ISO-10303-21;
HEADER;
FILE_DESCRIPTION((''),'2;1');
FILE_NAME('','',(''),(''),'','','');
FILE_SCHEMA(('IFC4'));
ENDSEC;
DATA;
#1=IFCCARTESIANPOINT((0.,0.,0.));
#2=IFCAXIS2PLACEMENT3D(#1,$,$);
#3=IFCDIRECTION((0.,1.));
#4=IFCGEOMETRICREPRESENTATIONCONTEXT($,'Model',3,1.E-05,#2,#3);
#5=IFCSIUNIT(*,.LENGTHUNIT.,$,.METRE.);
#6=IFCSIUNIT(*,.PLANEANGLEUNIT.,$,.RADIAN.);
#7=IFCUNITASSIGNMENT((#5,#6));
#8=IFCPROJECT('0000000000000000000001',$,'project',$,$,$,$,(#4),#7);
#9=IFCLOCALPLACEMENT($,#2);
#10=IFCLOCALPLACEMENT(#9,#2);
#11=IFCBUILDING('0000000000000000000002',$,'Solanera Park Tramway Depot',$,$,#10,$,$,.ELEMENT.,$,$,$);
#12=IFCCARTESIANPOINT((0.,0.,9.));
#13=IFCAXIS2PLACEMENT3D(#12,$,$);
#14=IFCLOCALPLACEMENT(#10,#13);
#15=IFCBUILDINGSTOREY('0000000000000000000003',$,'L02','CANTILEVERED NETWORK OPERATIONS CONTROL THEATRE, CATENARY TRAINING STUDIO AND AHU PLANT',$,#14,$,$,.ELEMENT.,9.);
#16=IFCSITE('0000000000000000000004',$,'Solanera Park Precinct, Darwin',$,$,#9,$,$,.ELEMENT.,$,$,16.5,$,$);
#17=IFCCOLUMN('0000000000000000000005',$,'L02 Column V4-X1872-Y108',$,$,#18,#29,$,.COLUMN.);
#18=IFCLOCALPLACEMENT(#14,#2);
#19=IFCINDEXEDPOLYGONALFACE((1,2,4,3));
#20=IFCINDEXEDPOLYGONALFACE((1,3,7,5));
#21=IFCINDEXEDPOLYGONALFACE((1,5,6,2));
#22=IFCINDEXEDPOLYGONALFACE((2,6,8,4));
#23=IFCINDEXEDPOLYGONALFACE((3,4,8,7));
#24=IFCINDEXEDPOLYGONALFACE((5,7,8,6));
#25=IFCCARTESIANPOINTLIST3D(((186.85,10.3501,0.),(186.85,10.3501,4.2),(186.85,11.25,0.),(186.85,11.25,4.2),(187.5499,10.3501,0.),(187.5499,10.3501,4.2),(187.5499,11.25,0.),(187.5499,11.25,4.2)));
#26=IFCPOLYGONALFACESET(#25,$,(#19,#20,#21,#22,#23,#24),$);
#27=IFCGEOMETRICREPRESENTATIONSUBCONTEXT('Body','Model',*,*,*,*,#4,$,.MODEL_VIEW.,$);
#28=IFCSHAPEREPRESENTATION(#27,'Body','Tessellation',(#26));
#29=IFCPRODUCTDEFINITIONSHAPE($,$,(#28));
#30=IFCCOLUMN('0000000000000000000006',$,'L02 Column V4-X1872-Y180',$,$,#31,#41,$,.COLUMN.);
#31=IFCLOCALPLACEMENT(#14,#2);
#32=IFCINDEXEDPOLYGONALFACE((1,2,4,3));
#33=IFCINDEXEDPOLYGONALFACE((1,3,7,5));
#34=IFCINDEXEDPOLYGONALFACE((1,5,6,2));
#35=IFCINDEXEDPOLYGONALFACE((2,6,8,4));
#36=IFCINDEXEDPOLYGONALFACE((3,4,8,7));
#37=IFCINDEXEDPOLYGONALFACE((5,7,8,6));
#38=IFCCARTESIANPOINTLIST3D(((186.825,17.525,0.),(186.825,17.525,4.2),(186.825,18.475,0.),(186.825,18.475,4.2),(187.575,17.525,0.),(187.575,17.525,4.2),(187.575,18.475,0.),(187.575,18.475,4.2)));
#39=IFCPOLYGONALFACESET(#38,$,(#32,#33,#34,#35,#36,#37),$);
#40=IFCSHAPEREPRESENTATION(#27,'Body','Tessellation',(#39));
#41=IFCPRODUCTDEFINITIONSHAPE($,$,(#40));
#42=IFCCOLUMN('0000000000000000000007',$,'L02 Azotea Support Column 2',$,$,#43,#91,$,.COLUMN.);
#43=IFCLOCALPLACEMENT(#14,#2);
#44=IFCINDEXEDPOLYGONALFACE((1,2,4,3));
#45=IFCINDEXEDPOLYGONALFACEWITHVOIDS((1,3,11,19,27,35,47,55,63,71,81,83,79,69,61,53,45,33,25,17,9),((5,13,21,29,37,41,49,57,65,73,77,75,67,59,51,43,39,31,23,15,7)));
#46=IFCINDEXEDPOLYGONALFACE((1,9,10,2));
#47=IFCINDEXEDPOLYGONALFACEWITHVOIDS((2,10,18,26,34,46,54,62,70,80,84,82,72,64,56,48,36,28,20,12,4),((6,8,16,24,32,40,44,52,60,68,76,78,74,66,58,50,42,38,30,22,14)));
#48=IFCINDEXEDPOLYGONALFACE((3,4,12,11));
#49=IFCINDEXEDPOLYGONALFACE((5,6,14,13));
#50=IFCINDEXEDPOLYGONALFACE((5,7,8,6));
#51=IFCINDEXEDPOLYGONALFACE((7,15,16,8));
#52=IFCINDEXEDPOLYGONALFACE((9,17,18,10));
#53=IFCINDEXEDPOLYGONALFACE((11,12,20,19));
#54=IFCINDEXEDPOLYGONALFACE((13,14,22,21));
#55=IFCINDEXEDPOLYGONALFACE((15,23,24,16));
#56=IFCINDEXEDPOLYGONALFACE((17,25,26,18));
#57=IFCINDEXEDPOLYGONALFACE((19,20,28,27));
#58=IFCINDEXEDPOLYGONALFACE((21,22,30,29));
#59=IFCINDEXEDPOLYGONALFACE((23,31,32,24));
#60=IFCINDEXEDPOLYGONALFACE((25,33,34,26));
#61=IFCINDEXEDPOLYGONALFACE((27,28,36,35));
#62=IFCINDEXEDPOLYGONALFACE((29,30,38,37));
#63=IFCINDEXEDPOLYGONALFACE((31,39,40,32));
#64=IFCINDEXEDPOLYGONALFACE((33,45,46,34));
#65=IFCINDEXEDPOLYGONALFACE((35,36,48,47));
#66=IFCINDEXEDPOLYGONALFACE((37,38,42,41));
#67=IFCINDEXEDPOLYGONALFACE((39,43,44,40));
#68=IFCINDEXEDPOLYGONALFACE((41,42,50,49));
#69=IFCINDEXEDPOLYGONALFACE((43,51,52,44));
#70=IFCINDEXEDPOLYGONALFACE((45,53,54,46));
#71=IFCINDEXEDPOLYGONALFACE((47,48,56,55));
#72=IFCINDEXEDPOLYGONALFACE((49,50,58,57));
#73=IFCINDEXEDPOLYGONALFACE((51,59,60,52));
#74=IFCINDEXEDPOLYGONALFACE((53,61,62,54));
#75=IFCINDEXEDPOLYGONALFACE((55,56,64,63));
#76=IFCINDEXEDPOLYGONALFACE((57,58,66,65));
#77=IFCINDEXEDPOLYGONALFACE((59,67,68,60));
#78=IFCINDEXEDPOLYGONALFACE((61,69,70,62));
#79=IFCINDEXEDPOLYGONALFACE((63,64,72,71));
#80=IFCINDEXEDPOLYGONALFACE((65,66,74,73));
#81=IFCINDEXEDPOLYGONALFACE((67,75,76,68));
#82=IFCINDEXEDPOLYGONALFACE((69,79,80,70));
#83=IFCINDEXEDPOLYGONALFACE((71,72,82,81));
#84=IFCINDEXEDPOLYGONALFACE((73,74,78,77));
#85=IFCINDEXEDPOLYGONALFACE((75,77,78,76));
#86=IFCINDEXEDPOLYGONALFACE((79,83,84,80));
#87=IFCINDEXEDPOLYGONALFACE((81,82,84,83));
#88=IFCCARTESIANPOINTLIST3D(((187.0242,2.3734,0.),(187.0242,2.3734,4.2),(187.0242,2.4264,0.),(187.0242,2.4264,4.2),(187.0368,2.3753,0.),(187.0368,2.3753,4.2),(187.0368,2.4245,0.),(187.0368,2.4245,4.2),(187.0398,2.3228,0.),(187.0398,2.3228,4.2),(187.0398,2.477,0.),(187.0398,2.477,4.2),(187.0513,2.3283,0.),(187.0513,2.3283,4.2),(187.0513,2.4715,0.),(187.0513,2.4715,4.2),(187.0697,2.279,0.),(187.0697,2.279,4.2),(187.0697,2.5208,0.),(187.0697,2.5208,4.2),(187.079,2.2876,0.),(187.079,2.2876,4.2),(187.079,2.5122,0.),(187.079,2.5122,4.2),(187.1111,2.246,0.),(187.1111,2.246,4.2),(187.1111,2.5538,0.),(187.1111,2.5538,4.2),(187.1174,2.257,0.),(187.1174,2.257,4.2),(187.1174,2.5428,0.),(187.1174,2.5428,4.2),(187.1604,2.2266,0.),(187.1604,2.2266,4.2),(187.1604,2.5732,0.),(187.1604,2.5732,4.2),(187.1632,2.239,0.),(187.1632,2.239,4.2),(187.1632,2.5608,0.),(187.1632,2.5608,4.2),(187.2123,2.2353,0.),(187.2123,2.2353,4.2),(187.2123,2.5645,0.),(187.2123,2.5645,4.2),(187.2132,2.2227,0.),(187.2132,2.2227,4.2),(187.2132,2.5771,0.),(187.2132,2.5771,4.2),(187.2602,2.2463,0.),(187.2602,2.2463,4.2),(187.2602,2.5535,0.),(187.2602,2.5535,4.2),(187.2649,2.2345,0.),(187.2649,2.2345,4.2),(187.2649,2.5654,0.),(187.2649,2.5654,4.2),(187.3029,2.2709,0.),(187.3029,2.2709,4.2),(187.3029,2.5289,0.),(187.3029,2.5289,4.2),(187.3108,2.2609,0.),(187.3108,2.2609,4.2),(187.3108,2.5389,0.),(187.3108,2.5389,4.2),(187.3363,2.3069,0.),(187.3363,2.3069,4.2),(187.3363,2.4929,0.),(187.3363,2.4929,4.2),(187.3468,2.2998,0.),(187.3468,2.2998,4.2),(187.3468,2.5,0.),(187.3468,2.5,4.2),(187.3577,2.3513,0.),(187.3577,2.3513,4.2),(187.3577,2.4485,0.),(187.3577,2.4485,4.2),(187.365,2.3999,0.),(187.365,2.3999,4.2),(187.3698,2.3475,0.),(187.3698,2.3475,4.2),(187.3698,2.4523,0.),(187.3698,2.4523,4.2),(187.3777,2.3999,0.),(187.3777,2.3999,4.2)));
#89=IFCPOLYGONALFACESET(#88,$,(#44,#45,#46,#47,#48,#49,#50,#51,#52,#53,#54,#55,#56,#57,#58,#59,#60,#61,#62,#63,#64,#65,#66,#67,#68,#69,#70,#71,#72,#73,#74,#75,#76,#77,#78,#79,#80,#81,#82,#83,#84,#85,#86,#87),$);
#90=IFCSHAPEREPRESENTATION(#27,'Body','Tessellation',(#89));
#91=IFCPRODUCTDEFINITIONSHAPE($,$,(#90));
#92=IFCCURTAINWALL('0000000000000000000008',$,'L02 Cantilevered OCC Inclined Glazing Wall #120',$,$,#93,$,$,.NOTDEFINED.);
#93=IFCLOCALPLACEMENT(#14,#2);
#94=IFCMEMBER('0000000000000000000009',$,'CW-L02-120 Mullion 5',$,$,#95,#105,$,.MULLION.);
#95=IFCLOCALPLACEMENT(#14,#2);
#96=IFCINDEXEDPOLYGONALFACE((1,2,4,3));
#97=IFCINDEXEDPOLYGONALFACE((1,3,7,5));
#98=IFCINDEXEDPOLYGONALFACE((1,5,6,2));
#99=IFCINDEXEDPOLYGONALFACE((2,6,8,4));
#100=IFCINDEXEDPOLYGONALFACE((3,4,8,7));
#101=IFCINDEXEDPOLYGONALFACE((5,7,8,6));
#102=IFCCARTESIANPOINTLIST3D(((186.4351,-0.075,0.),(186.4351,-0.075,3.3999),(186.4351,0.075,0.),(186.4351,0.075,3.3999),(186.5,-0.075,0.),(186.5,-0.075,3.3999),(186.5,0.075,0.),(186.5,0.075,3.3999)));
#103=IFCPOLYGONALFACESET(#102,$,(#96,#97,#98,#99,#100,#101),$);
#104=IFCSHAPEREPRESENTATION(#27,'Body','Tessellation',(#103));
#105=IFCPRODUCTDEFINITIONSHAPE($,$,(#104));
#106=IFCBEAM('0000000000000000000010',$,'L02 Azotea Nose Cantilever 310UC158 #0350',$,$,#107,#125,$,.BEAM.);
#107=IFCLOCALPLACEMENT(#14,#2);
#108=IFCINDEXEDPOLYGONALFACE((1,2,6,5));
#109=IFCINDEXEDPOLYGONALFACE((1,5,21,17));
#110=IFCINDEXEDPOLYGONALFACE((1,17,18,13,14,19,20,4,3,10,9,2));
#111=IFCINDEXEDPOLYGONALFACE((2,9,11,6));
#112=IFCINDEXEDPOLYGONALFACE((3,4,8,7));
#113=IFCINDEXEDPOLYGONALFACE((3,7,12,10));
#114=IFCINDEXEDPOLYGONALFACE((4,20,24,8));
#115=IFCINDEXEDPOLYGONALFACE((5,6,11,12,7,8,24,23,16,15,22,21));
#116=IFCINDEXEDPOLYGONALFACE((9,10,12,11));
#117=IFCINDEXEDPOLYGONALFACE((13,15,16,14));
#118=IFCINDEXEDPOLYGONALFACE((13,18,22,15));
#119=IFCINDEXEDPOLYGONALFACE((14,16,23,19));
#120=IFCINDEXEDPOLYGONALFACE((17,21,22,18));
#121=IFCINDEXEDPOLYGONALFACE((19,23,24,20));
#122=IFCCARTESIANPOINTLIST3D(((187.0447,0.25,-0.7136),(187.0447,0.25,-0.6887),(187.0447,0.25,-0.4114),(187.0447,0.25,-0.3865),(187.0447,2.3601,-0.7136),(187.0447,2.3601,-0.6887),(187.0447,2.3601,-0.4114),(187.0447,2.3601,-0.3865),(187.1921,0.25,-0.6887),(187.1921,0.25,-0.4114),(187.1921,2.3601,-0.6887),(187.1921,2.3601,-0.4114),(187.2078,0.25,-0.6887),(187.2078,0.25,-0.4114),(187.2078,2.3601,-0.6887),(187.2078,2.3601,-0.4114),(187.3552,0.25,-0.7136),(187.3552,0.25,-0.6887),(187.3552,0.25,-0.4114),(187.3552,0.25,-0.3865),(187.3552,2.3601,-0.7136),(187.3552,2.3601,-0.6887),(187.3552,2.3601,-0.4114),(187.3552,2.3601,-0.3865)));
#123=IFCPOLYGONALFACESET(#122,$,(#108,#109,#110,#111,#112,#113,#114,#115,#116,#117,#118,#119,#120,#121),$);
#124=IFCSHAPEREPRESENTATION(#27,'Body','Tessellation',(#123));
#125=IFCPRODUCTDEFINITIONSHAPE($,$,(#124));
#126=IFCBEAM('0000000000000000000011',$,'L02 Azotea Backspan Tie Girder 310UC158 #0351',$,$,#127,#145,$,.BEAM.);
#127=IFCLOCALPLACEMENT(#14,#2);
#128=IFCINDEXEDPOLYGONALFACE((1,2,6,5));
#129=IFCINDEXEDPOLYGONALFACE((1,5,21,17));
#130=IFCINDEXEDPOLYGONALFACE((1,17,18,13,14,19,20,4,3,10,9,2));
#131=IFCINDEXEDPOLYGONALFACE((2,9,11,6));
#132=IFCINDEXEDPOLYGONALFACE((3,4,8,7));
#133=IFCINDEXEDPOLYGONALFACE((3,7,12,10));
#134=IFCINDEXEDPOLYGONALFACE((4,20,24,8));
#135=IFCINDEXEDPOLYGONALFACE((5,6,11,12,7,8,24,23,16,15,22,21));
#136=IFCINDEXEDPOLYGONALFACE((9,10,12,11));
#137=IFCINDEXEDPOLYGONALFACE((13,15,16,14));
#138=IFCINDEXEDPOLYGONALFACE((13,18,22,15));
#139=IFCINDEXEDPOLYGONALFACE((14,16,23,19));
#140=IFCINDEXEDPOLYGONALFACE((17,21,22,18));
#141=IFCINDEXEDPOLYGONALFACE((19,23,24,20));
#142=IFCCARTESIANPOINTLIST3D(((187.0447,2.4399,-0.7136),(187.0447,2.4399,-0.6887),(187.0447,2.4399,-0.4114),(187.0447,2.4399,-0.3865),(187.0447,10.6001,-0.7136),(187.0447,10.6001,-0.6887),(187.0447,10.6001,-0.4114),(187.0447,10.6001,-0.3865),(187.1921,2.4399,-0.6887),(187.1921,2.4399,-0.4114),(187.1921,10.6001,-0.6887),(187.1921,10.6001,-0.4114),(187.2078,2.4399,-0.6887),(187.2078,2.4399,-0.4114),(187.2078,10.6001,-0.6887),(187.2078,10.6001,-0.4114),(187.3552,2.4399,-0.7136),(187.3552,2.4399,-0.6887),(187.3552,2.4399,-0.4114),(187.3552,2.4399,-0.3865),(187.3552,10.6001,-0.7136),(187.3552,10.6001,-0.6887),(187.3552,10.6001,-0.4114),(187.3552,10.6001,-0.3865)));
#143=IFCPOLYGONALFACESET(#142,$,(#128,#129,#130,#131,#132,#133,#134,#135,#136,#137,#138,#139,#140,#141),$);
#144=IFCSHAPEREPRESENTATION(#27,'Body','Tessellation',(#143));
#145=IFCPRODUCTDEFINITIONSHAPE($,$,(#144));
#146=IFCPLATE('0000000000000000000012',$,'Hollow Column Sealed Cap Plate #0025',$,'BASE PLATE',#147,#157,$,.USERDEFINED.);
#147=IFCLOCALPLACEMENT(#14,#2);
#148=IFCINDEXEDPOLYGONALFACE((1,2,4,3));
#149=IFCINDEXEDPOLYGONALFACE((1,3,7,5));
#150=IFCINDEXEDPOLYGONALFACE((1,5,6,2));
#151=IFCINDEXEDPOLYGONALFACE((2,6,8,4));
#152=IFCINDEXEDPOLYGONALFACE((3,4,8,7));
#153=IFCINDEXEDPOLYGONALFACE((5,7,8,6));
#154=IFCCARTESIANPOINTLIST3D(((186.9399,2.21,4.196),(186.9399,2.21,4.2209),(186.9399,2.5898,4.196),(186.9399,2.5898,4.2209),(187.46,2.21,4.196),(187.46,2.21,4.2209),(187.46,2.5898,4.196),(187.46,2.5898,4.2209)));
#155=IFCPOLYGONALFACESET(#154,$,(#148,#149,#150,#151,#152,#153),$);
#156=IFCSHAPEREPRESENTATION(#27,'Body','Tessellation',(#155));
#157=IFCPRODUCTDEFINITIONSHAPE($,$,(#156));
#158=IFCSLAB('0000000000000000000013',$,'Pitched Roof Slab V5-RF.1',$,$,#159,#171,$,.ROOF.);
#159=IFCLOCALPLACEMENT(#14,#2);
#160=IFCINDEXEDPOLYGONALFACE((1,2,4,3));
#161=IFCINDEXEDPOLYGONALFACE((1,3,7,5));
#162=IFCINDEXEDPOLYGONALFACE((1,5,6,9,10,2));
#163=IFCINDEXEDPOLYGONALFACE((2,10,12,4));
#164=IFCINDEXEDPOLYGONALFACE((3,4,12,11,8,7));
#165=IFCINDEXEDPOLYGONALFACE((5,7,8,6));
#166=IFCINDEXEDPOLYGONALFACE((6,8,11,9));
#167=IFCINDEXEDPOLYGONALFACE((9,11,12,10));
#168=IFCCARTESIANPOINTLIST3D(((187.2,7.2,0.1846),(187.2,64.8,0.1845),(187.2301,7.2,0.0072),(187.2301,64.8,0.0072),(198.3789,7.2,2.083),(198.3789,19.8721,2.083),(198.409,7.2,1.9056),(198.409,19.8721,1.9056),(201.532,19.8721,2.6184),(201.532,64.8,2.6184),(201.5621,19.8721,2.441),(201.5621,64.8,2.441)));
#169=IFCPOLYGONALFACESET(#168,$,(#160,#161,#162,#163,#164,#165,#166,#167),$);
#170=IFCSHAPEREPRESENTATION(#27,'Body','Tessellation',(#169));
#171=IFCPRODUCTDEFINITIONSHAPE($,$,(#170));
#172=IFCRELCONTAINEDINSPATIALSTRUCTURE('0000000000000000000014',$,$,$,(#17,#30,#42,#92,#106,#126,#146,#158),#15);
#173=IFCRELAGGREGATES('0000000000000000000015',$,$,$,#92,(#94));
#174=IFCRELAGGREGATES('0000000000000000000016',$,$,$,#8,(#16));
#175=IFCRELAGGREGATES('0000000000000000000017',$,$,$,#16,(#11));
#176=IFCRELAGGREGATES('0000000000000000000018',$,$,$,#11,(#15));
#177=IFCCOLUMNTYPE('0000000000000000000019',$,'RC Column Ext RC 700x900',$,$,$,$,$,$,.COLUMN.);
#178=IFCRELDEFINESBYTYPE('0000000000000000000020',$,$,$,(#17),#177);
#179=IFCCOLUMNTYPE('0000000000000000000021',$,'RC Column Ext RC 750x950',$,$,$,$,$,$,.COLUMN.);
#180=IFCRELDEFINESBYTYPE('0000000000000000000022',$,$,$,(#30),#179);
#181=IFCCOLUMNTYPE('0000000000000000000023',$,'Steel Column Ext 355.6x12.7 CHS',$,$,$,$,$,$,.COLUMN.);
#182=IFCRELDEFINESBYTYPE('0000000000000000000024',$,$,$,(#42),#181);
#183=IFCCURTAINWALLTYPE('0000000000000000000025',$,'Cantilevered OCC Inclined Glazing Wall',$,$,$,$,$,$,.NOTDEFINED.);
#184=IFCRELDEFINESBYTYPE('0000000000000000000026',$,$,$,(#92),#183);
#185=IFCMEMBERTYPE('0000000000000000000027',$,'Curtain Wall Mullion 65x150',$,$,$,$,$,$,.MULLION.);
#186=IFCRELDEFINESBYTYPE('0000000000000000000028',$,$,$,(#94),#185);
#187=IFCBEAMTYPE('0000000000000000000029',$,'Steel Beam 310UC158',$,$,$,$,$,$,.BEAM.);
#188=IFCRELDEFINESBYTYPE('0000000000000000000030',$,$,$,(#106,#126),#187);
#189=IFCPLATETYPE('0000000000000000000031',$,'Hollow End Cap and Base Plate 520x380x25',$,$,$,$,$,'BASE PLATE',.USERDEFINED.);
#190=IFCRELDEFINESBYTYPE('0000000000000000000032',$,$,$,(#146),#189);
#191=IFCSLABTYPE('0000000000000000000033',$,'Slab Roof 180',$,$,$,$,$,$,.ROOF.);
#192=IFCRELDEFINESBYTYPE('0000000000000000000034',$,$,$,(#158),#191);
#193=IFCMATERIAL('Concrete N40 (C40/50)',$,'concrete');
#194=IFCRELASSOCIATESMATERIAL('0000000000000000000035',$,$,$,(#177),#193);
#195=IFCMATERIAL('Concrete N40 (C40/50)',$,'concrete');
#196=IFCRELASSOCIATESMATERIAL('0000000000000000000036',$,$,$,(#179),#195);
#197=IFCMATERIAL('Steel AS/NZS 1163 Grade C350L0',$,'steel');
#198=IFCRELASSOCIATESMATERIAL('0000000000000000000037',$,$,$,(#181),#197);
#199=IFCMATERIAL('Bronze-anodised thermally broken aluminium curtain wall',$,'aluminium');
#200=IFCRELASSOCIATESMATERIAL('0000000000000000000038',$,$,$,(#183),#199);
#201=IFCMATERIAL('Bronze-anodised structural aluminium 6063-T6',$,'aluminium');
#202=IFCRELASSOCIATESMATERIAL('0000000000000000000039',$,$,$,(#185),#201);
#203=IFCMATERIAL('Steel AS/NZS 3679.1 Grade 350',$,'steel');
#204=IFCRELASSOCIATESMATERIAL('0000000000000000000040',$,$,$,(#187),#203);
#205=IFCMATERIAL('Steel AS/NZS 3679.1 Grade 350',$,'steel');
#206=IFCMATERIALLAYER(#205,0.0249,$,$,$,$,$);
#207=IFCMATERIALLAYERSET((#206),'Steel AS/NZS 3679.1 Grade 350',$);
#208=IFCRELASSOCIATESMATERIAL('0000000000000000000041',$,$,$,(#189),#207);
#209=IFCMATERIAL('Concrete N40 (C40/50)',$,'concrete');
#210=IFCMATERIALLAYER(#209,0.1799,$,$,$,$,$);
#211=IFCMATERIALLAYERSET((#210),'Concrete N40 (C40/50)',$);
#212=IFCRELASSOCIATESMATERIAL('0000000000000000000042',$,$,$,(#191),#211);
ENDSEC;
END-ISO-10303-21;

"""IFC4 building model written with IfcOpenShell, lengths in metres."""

from ifc_helpers import new_model, si_unit, direction, frame, origin, origin_2d, place, context, subcontext, project, spatial, polyline, rectangle, hollow_circle, i_section, outline, extrude, material, layer, layer_set, material_profile, profile_set, type_object, element, aggregate, save


model = new_model("IFC4")

# Units and contexts
model_context = context("Model", 3, precision=1e-05, world=origin(), true_north=direction((0.0, 1.0)))
body_context = subcontext(model_context, "Body", "Model", "MODEL_VIEW")
ifc_project = project(units=[si_unit("LENGTHUNIT", "METRE"), si_unit("PLANEANGLEUNIT", "RADIAN")], contexts=[model_context])

# Site, building, storey
site_placement = place(None, origin())
site = spatial("IfcSite", under=ifc_project, at=site_placement, Name="Solanera Park Precinct, Darwin", CompositionType="ELEMENT", RefElevation=16.5)
building_placement = place(site_placement, origin())
building = spatial("IfcBuilding", under=site, at=building_placement, Name="Solanera Park Tramway Depot", CompositionType="ELEMENT")
storey_placement = place(building_placement, frame((0.0, 0.0, 9.0)))
storey = spatial("IfcBuildingStorey", under=building, at=storey_placement, Name="L02", Description="CANTILEVERED NETWORK OPERATIONS CONTROL THEATRE, CATENARY TRAINING STUDIO AND AHU PLANT", CompositionType="ELEMENT", Elevation=9.0)

# Columns
ifc_material_1 = material(Name="Concrete N40 (C40/50)", Category="concrete")
ifc_material_profile_1 = material_profile(ifc_material_1, rectangle(XDim=0.7, YDim=0.8999, at=origin_2d()), Name="RC 700x900")
ifc_profile_set_1 = profile_set([ifc_material_profile_1], Name="Concrete N40 (C40/50)")
column_type_1 = type_object("IfcColumnType", Name="RC Column Ext RC 700x900", PredefinedType="COLUMN", material=ifc_profile_set_1)
column_1_placement = place(storey_placement, frame((187.2, 10.8, 0.0), z_axis=(0.0, 0.0, 1.0), x_axis=(1.0, 0.0, 0.0)))
element("IfcColumn", 1, at=column_1_placement, inside=storey, type_object=column_type_1, Name="L02 Column V4-X1872-Y108", PredefinedType="COLUMN", context=body_context, shape_type="SweptSolid", body=[
    extrude(rectangle(XDim=0.7, YDim=0.8999, at=origin_2d()), origin(), (0.0, 0.0, 1.0), 4.2),
])
ifc_material_2 = material(Name="Concrete N40 (C40/50)", Category="concrete")
ifc_material_profile_2 = material_profile(ifc_material_2, rectangle(XDim=0.75, YDim=0.95, at=origin_2d()), Name="RC 750x950")
ifc_profile_set_2 = profile_set([ifc_material_profile_2], Name="Concrete N40 (C40/50)")
column_type_2 = type_object("IfcColumnType", Name="RC Column Ext RC 750x950", PredefinedType="COLUMN", material=ifc_profile_set_2)
column_2_placement = place(storey_placement, frame((187.2, 18.0, 0.0), z_axis=(0.0, 0.0, 1.0), x_axis=(1.0, 0.0, 0.0)))
element("IfcColumn", 2, at=column_2_placement, inside=storey, type_object=column_type_2, Name="L02 Column V4-X1872-Y180", PredefinedType="COLUMN", context=body_context, shape_type="SweptSolid", body=[
    extrude(rectangle(XDim=0.75, YDim=0.95, at=origin_2d()), origin(), (0.0, 0.0, 1.0), 4.2),
])
ifc_material_3 = material(Name="Steel AS/NZS 1163 Grade C350L0", Category="steel")
ifc_material_profile_3 = material_profile(ifc_material_3, hollow_circle(Radius=0.1777, WallThickness=0.0127, at=origin_2d()), Name="355.6x12.7 CHS")
ifc_profile_set_3 = profile_set([ifc_material_profile_3], Name="Steel AS/NZS 1163 Grade C350L0")
column_type_3 = type_object("IfcColumnType", Name="Steel Column Ext 355.6x12.7 CHS", PredefinedType="COLUMN", material=ifc_profile_set_3)
column_3_placement = place(storey_placement, frame((187.2, 2.3999, 0.0), z_axis=(0.0, 0.0, 1.0), x_axis=(1.0, 0.0, 0.0)))
element("IfcColumn", 3, at=column_3_placement, inside=storey, type_object=column_type_3, Name="L02 Azotea Support Column 2", PredefinedType="COLUMN", context=body_context, shape_type="SweptSolid", body=[
    extrude(hollow_circle(Radius=0.1777, WallThickness=0.0127, at=origin_2d()), origin(), (0.0, 0.0, 1.0), 4.2),
])

# Curtain wall, member
ifc_material_4 = material(Name="Bronze-anodised thermally broken aluminium curtain wall", Category="aluminium")
curtain_wall_type = type_object("IfcCurtainWallType", Name="Cantilevered OCC Inclined Glazing Wall", PredefinedType="NOTDEFINED", material=ifc_material_4)
curtain_wall_placement = place(storey_placement, origin())
curtain_wall = element("IfcCurtainWall", 4, at=curtain_wall_placement, inside=storey, type_object=curtain_wall_type, Name="L02 Cantilevered OCC Inclined Glazing Wall #120", PredefinedType="NOTDEFINED")
ifc_material_5 = material(Name="Bronze-anodised structural aluminium 6063-T6", Category="aluminium")
ifc_material_profile_4 = material_profile(ifc_material_5, rectangle(XDim=0.0649, YDim=0.1499, at=origin_2d()), Name="Curtain Wall Mullion 65x150")
ifc_profile_set_4 = profile_set([ifc_material_profile_4], Name="Bronze-anodised structural aluminium 6063-T6")
member_type = type_object("IfcMemberType", Name="Curtain Wall Mullion 65x150", PredefinedType="MULLION", material=ifc_profile_set_4)
member_placement = place(storey_placement, frame((186.4675, 0.0, 0.0), z_axis=(0.0, 0.0, 1.0), x_axis=(1.0, 0.0, 0.0)))
member = element("IfcMember", 5, at=member_placement, type_object=member_type, Name="CW-L02-120 Mullion 5", PredefinedType="MULLION", context=body_context, shape_type="SweptSolid", body=[
    extrude(rectangle(XDim=0.0649, YDim=0.1499, at=origin_2d()), origin(), (0.0, 0.0, 1.0), 3.3999),
])
aggregate(curtain_wall, [member])

# Beams
ifc_material_6 = material(Name="Steel AS/NZS 3679.1 Grade 350", Category="steel")
ifc_material_profile_5 = material_profile(ifc_material_6, i_section(OverallWidth=0.3105, OverallDepth=0.3271, WebThickness=0.0156, FlangeThickness=0.0249, at=origin_2d()), Name="310UC158")
ifc_profile_set_5 = profile_set([ifc_material_profile_5], Name="Steel AS/NZS 3679.1 Grade 350")
beam_type = type_object("IfcBeamType", Name="Steel Beam 310UC158", PredefinedType="BEAM", material=ifc_profile_set_5)
beam_1_placement = place(storey_placement, frame((187.2, 0.25, -0.55), z_axis=(0.0, 1.0, 0.0), x_axis=(-1.0, 0.0, 0.0)))
element("IfcBeam", 6, at=beam_1_placement, inside=storey, type_object=beam_type, Name="L02 Azotea Nose Cantilever 310UC158 #0350", PredefinedType="BEAM", context=body_context, shape_type="SweptSolid", body=[
    extrude(i_section(OverallWidth=0.3105, OverallDepth=0.3271, WebThickness=0.0156, FlangeThickness=0.0249, at=origin_2d()), origin(), (0.0, 0.0, 1.0), 2.1101),
])
beam_2_placement = place(storey_placement, frame((187.2, 2.4399, -0.55), z_axis=(0.0, 1.0, 0.0), x_axis=(-1.0, 0.0, 0.0)))
element("IfcBeam", 7, at=beam_2_placement, inside=storey, type_object=beam_type, Name="L02 Azotea Backspan Tie Girder 310UC158 #0351", PredefinedType="BEAM", context=body_context, shape_type="SweptSolid", body=[
    extrude(i_section(OverallWidth=0.3105, OverallDepth=0.3271, WebThickness=0.0156, FlangeThickness=0.0249, at=origin_2d()), origin(), (0.0, 0.0, 1.0), 8.1602),
])

# Plate
ifc_material_7 = material(Name="Steel AS/NZS 3679.1 Grade 350", Category="steel")
ifc_layer_1 = layer(ifc_material_7, 0.0249)
ifc_layer_set_1 = layer_set([ifc_layer_1], Name="Steel AS/NZS 3679.1 Grade 350")
plate_type = type_object("IfcPlateType", Name="Hollow End Cap and Base Plate 520x380x25", ElementType="BASE PLATE", PredefinedType="USERDEFINED", material=ifc_layer_set_1)
plate_placement = place(storey_placement, frame((187.2, 2.3999, 4.196), z_axis=(0.0, 0.0, 1.0), x_axis=(1.0, 0.0, 0.0)))
element("IfcPlate", 8, at=plate_placement, inside=storey, type_object=plate_type, Name="Hollow Column Sealed Cap Plate #0025", ObjectType="BASE PLATE", PredefinedType="USERDEFINED", context=body_context, shape_type="SweptSolid", body=[
    extrude(rectangle(XDim=0.52, YDim=0.3799, at=origin_2d()), origin(), (0.0, 0.0, 1.0), 0.0249),
])

# Slab
ifc_material_8 = material(Name="Concrete N40 (C40/50)", Category="concrete")
ifc_layer_2 = layer(ifc_material_8, 0.1799)
ifc_layer_set_2 = layer_set([ifc_layer_2], Name="Concrete N40 (C40/50)")
slab_type = type_object("IfcSlabType", Name="Slab Roof 180", PredefinedType="ROOF", material=ifc_layer_set_2)
slab_1_placement = place(storey_placement, frame((187.2, 7.2, 0.1846), z_axis=(-0.167422, 0.0, 0.985885), x_axis=(0.985885, 0.0, 0.167422)))
element("IfcSlab", 9, at=slab_1_placement, inside=storey, type_object=slab_type, Name="Pitched Roof Slab V5-RF.1", PredefinedType="ROOF", context=body_context, shape_type="SweptSolid", body=[
    extrude(outline(polyline([(0.0, 0.0), (11.339, 0.0), (11.339, 12.6721), (14.5372, 12.6721), (14.5372, 57.6001), (0.0, 57.6001), (0.0, 0.0)])), origin(), (0.0, 0.0, -1.0), 0.1799),
])

save(model, "model.ifc")
